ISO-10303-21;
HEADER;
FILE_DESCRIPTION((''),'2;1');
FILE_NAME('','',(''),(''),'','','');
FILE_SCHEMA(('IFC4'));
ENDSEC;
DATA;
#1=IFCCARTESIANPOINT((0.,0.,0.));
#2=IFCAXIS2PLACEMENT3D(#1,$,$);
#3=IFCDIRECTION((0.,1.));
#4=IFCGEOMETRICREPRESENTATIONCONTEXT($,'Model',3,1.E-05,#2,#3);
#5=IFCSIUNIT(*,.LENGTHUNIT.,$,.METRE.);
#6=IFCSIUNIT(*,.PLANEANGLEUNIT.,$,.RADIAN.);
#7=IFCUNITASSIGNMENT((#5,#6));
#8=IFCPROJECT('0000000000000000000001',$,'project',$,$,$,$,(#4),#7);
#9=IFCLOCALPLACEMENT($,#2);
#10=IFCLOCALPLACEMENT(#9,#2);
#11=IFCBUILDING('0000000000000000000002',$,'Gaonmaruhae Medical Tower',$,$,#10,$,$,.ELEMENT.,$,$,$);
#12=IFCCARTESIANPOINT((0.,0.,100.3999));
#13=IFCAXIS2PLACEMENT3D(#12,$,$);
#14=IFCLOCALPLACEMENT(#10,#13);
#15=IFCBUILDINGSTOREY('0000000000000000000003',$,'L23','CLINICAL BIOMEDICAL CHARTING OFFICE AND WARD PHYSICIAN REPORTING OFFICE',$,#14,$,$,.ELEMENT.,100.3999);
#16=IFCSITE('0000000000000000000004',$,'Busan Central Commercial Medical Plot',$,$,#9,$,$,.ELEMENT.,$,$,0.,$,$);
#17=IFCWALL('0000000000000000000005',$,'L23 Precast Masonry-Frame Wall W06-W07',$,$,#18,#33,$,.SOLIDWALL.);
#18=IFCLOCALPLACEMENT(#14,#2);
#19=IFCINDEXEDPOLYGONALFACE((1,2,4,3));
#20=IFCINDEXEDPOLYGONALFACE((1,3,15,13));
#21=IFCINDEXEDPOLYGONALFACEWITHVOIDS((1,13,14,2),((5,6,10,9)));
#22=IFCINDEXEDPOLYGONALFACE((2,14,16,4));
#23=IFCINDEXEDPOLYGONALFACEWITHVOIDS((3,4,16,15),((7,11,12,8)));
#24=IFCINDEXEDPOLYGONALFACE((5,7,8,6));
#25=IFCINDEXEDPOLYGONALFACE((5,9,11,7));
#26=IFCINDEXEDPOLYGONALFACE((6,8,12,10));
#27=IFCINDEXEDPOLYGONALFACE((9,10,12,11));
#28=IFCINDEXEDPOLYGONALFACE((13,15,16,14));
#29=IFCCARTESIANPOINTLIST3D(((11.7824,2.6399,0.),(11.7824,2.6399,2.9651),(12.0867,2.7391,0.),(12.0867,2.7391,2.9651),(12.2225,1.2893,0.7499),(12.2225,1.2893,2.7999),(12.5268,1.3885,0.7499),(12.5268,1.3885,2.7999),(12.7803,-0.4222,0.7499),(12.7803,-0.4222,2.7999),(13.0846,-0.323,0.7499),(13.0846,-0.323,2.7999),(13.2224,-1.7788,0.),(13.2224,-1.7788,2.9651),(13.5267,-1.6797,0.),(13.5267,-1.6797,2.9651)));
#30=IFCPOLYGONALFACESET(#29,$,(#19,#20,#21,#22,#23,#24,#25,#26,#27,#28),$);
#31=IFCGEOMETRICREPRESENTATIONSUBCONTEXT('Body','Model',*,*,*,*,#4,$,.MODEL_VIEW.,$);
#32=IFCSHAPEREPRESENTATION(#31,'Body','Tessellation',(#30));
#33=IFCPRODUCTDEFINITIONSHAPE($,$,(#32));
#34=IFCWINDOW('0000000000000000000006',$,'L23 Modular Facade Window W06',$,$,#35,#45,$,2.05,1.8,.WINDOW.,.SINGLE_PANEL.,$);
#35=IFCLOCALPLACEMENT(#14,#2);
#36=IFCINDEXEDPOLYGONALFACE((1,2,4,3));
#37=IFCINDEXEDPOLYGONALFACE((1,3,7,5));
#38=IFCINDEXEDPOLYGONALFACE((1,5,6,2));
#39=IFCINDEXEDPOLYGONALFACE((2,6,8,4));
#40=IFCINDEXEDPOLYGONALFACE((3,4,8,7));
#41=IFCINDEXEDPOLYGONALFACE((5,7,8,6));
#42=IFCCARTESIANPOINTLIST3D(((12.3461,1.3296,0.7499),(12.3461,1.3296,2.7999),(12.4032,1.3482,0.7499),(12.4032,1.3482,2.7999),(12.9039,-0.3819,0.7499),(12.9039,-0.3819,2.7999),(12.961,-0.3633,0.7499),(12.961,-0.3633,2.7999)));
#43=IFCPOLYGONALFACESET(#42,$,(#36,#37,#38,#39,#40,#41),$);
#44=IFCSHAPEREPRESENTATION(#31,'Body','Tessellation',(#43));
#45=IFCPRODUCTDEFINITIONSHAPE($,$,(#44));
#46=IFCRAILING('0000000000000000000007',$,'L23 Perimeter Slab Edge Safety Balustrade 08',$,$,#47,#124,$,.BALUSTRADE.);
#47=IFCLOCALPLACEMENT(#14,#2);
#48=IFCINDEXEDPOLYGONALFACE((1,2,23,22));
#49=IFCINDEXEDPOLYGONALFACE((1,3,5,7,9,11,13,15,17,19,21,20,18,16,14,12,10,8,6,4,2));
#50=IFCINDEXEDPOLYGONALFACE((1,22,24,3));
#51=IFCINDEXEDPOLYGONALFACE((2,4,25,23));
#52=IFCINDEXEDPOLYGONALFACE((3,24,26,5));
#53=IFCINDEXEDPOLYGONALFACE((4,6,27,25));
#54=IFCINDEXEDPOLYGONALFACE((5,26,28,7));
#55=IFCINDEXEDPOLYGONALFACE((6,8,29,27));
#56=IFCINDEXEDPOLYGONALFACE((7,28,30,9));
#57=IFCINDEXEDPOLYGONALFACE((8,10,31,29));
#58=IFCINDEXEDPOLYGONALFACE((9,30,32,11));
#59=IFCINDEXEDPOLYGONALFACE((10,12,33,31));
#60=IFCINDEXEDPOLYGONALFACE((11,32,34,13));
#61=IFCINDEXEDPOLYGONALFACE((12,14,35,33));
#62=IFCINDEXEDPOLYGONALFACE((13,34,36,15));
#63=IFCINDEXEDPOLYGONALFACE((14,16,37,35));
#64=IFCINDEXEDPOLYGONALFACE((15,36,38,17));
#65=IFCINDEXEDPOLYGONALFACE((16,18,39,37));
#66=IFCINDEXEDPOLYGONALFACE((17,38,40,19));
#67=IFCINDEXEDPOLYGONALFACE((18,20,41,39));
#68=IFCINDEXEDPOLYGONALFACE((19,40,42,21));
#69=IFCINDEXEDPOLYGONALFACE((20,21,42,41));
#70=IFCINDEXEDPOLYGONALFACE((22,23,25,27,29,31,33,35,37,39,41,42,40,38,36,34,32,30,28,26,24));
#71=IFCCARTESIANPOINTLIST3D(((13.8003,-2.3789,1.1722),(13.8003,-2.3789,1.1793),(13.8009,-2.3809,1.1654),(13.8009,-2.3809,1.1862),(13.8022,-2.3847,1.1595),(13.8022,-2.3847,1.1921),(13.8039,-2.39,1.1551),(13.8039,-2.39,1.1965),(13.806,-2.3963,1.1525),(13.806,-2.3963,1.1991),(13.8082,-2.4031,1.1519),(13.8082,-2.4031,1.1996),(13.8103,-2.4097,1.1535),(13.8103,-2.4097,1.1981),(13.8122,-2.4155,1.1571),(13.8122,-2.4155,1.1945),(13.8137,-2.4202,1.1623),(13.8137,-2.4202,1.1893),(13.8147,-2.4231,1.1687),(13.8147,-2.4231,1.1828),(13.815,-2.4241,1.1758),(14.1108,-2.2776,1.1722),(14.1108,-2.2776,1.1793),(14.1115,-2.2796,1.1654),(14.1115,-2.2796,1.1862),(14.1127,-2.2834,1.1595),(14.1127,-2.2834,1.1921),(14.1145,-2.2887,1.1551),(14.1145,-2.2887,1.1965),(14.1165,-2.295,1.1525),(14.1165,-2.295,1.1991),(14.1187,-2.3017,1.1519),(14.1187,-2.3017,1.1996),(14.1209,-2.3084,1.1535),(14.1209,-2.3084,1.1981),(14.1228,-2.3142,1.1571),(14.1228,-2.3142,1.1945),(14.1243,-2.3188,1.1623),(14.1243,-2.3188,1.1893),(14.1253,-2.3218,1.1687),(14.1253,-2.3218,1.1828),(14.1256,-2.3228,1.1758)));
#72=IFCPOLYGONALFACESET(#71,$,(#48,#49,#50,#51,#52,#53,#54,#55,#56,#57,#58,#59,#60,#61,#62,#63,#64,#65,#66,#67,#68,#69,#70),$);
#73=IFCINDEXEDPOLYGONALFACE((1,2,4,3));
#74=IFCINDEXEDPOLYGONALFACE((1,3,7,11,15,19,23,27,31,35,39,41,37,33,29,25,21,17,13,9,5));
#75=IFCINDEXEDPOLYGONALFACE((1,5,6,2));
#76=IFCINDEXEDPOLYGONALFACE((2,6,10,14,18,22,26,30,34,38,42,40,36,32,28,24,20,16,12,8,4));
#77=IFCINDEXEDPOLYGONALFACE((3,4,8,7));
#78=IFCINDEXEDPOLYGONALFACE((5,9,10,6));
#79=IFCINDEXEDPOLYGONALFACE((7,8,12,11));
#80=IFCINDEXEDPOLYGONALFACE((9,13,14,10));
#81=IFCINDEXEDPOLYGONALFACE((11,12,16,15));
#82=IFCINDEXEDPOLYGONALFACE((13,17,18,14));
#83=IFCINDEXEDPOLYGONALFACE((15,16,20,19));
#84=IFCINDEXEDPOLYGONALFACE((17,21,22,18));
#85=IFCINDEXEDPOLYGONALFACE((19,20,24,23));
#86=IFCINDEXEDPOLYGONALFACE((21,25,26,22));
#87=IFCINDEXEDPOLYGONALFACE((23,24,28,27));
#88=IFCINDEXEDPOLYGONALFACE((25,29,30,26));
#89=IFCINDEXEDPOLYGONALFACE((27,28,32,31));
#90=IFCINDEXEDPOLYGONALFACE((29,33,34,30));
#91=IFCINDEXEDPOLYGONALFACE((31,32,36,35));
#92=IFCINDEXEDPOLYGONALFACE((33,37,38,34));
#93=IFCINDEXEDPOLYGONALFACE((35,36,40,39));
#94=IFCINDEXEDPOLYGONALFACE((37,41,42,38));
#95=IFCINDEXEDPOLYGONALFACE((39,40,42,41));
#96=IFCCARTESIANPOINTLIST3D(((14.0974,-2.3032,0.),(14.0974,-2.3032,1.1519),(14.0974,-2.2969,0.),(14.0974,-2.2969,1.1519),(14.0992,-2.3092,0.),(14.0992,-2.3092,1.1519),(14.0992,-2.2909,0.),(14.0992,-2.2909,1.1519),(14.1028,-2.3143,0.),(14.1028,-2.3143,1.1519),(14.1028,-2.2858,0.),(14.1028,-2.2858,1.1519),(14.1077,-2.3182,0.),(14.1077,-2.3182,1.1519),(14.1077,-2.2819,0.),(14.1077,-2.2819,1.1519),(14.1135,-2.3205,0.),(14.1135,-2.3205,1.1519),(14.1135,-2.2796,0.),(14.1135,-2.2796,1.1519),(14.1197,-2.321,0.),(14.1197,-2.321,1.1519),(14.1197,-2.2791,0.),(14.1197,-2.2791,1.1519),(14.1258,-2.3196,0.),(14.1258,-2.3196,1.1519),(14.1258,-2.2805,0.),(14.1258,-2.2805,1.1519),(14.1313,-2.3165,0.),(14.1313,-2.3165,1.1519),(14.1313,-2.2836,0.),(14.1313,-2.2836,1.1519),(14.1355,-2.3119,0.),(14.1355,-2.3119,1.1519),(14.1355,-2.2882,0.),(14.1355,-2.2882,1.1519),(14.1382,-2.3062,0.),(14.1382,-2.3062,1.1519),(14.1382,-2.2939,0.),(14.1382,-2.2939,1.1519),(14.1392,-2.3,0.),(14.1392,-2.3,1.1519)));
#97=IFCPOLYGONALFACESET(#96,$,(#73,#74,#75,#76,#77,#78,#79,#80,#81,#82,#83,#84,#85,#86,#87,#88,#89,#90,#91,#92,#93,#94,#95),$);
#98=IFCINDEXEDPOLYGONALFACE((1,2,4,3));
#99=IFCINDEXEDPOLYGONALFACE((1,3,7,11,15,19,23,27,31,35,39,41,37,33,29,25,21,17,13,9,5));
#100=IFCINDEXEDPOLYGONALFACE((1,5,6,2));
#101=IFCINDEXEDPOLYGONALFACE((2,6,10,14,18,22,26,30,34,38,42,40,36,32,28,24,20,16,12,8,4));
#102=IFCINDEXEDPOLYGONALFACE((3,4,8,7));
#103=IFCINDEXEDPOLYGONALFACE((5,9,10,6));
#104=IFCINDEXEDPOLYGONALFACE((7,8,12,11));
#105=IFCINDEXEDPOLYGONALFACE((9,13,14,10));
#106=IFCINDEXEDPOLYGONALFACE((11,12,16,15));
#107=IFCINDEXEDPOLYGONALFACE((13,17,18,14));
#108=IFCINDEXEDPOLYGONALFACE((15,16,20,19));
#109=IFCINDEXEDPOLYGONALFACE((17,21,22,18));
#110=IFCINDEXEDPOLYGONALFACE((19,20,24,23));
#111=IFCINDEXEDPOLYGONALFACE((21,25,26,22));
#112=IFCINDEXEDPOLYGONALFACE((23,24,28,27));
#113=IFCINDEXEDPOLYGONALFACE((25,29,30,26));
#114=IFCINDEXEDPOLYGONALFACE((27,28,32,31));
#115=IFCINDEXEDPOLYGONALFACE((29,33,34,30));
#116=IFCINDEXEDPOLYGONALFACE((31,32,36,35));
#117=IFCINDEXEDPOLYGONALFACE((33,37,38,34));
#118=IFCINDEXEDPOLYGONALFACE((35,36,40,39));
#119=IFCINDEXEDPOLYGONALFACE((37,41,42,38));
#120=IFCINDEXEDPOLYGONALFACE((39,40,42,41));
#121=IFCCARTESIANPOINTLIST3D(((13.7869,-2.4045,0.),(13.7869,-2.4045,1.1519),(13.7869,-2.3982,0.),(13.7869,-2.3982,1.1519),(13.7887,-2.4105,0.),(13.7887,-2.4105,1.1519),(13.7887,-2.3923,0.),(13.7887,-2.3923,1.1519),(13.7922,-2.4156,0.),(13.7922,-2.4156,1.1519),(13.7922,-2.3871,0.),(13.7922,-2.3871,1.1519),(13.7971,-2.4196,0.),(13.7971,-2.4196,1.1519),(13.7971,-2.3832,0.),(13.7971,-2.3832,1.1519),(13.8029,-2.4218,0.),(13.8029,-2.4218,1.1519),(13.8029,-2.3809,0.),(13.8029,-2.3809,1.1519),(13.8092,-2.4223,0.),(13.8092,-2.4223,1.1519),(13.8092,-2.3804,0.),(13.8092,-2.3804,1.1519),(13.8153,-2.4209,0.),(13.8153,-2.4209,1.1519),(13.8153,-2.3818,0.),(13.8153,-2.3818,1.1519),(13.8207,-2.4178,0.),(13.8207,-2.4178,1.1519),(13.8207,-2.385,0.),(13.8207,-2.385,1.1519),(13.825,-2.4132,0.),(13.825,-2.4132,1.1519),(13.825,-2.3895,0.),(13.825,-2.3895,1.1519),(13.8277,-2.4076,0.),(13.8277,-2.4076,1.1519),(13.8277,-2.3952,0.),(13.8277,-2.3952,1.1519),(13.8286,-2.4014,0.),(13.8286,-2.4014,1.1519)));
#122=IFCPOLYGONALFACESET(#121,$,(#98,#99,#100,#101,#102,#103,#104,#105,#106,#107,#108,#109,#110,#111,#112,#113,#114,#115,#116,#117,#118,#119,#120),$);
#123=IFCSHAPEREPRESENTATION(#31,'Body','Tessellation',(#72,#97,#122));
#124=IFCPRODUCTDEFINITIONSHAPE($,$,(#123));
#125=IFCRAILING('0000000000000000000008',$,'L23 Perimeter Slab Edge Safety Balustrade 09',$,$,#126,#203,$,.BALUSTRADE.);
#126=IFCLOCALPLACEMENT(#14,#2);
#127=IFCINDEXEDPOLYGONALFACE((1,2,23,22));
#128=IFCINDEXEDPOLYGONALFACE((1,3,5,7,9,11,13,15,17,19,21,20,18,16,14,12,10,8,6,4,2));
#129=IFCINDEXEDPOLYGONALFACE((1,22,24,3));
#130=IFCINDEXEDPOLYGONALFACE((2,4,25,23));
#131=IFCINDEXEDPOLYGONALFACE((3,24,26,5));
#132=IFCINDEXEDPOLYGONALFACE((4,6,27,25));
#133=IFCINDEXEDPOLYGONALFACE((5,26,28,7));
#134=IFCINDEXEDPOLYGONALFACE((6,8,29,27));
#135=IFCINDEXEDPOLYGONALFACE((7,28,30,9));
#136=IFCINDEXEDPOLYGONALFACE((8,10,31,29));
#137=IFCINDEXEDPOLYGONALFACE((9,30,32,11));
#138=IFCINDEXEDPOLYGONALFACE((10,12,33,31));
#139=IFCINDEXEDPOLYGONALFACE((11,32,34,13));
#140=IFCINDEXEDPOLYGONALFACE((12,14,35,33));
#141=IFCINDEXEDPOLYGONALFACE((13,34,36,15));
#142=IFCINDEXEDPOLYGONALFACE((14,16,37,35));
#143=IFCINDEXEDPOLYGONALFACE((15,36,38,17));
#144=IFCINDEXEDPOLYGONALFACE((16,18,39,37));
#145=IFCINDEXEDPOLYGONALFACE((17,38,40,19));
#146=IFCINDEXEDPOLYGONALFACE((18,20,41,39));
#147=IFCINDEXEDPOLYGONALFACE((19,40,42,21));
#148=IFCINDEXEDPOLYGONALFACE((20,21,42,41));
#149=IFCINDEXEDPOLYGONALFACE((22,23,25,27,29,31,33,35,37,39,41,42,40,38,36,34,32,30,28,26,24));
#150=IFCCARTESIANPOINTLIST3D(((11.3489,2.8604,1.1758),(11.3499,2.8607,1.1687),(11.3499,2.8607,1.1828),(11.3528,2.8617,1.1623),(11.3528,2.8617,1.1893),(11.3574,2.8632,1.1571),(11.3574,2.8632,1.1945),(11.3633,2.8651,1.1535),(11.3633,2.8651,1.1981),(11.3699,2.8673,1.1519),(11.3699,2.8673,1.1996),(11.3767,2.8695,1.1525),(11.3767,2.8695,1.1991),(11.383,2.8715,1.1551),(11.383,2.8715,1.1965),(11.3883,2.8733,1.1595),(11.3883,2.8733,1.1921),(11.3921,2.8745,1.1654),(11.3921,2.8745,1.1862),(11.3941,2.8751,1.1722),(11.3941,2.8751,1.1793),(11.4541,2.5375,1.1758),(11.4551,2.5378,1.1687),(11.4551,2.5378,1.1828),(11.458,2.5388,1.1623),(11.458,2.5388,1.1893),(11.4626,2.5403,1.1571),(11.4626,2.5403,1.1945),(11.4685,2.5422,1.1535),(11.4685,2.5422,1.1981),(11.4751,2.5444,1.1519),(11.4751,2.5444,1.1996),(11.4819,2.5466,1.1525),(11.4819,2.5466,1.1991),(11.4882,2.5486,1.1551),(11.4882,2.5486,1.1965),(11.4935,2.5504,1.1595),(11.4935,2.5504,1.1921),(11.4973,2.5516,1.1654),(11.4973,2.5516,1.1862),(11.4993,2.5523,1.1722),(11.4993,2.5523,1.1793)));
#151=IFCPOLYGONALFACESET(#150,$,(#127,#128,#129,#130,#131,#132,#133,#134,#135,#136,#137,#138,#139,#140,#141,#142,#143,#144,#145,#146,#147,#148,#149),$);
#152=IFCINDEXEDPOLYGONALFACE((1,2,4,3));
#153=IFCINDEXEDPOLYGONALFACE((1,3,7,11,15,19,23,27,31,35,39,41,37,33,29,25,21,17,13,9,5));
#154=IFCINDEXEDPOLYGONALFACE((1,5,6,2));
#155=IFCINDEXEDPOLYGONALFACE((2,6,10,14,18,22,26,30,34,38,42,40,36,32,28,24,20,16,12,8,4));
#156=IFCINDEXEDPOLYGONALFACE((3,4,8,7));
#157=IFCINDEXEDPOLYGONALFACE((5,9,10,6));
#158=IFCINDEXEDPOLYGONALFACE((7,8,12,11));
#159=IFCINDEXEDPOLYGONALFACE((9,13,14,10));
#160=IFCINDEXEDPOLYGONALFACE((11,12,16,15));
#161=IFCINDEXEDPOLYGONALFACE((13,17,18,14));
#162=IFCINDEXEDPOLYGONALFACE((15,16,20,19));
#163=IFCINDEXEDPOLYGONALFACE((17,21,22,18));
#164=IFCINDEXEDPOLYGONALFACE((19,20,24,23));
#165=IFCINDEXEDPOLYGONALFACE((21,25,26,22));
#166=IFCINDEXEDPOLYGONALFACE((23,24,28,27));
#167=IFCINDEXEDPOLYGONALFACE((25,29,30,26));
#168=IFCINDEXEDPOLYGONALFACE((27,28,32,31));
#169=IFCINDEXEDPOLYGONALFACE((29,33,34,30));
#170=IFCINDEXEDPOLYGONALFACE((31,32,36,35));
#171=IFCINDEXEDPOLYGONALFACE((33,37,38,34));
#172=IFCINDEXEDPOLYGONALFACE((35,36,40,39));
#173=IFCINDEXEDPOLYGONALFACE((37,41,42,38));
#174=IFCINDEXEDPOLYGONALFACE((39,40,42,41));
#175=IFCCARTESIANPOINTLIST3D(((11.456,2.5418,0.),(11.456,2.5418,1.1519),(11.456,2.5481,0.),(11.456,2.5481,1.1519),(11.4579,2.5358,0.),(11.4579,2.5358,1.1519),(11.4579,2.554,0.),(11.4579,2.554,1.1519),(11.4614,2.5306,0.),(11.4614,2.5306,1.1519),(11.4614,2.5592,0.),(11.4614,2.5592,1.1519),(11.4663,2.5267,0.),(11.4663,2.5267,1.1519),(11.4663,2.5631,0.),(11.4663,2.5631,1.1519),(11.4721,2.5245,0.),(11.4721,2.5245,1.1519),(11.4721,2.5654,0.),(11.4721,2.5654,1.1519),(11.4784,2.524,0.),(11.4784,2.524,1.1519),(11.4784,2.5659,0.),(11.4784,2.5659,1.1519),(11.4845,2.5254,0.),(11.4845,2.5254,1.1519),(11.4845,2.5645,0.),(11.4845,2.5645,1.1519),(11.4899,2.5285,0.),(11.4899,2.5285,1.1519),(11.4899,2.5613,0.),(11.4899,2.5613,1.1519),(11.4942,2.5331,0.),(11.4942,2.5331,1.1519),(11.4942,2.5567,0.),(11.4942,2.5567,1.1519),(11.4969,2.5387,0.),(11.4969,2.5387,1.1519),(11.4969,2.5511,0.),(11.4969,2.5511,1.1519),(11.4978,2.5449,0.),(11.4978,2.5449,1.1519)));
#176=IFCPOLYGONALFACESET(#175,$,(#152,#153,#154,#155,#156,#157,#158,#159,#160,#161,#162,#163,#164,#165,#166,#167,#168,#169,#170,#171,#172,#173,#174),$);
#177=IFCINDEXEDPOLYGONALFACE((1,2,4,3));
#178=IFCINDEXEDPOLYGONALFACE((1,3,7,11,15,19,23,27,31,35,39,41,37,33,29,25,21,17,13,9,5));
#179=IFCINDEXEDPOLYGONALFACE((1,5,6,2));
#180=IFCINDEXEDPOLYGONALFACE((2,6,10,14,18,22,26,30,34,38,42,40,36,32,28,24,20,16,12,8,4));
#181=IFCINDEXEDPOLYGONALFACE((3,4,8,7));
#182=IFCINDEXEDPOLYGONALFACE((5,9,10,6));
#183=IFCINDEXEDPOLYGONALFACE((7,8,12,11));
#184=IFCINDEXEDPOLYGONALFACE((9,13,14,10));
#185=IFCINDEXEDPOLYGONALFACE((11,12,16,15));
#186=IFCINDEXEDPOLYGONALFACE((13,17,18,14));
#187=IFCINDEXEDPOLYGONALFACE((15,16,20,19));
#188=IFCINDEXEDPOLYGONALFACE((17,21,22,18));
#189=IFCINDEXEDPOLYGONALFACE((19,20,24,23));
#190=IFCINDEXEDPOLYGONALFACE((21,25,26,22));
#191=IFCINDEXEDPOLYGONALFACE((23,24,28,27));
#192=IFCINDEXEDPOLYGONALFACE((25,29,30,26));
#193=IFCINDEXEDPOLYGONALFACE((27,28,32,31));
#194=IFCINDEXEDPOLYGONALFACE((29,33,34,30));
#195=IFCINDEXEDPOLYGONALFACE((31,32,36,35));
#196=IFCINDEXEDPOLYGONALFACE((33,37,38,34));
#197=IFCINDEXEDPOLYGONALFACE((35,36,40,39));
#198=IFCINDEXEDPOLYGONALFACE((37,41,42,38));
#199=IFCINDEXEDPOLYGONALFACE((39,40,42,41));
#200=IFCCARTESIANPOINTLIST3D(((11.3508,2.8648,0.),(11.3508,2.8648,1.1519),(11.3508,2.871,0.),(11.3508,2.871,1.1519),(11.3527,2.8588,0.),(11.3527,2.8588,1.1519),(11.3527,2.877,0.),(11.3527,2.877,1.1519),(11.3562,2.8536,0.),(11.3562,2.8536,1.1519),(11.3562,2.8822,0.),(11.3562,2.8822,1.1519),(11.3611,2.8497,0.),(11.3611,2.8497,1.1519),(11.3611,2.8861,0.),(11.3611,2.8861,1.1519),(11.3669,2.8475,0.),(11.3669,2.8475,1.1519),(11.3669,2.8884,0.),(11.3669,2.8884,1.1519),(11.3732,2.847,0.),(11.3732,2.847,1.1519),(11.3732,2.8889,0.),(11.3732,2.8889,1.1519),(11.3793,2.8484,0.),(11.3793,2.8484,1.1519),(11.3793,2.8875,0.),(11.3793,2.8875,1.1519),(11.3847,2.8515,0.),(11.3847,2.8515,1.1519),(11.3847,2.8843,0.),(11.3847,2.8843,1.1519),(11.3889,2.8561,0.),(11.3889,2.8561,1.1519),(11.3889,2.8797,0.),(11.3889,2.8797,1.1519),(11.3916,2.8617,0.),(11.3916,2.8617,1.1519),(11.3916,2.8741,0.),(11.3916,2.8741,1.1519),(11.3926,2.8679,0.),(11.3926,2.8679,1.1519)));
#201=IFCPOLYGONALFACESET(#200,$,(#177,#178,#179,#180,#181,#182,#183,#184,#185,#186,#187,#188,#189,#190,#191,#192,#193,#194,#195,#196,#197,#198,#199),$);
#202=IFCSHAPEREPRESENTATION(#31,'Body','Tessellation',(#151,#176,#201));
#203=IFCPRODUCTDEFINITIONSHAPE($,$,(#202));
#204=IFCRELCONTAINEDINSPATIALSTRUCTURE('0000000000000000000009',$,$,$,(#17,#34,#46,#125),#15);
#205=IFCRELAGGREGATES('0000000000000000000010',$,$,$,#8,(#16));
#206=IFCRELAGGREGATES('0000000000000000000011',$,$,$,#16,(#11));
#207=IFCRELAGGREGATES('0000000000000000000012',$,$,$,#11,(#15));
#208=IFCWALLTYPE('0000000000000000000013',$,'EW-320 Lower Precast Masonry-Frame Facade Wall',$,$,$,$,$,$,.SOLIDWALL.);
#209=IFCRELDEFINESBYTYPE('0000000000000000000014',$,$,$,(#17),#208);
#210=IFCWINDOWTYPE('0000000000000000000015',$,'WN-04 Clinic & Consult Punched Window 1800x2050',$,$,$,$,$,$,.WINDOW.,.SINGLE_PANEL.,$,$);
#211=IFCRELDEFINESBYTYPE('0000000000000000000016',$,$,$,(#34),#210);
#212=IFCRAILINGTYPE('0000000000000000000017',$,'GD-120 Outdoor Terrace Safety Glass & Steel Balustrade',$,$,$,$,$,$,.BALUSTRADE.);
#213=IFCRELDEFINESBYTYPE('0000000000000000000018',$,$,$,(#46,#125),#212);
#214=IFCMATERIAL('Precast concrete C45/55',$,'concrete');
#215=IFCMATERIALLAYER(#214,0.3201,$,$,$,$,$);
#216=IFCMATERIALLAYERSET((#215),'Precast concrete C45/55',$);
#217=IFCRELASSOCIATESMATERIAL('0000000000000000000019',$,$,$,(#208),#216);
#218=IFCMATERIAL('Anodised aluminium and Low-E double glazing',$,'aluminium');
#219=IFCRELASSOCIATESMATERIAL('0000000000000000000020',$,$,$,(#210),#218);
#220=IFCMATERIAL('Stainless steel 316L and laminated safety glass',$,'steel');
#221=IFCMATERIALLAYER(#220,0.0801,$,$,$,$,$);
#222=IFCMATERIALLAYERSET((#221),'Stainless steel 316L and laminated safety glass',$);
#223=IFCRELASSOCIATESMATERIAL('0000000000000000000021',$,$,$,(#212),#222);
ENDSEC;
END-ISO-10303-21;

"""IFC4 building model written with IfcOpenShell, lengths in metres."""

from ifc_helpers import new_model, si_unit, direction, frame, frame_2d, origin, origin_2d, place, context, subcontext, project, spatial, rectangle, circle, extrude, material, layer, layer_set, type_object, element, fill, save


model = new_model("IFC4")

# Units and contexts
model_context = context("Model", 3, precision=1e-05, world=origin(), true_north=direction((0.0, 1.0)))
body_context = subcontext(model_context, "Body", "Model", "MODEL_VIEW")
ifc_project = project(units=[si_unit("LENGTHUNIT", "METRE"), si_unit("PLANEANGLEUNIT", "RADIAN")], contexts=[model_context])

# Site, building, storey
site_placement = place(None, origin())
site = spatial("IfcSite", under=ifc_project, at=site_placement, Name="Busan Central Commercial Medical Plot", CompositionType="ELEMENT", RefElevation=0.0)
building_placement = place(site_placement, origin())
building = spatial("IfcBuilding", under=site, at=building_placement, Name="Gaonmaruhae Medical Tower", CompositionType="ELEMENT")
storey_placement = place(building_placement, frame((0.0, 0.0, 100.3999)))
storey = spatial("IfcBuildingStorey", under=building, at=storey_placement, Name="L23", Description="CLINICAL BIOMEDICAL CHARTING OFFICE AND WARD PHYSICIAN REPORTING OFFICE", CompositionType="ELEMENT", Elevation=100.3999)

# Wall, opening, window
ifc_material_1 = material(Name="Precast concrete C45/55", Category="concrete")
ifc_layer_1 = layer(ifc_material_1, 0.3201)
ifc_layer_set_1 = layer_set([ifc_layer_1], Name="Precast concrete C45/55")
wall_type_1 = type_object("IfcWallType", Name="EW-320 Lower Precast Masonry-Frame Facade Wall", PredefinedType="SOLIDWALL", material=ifc_layer_set_1)
ifc_material_2 = material(Name="Anodised aluminium and Low-E double glazing", Category="aluminium")
wall_1_placement = place(storey_placement, frame((13.3745, -1.7292, 0.0), z_axis=(0.0, 0.0, 1.0), x_axis=(-0.309838, 0.950789, 0.0)))
wall_1 = element("IfcWall", 1, at=wall_1_placement, inside=storey, type_object=wall_type_1, Name="L23 Precast Masonry-Frame Wall W06-W07", PredefinedType="SOLIDWALL", context=body_context, shape_type="SweptSolid", body=[
    extrude(rectangle(XDim=4.6475, YDim=0.3201, at=frame_2d((2.3237, 0.0))), origin(), (0.0, 0.0, 1.0), 2.9651),
])
opening_1_placement = place(wall_1_placement, frame((1.427, 0.0, 0.75)))
opening_1 = element("IfcOpeningElement", 2, at=opening_1_placement, cuts=wall_1, PredefinedType="OPENING", context=body_context, shape_type="SweptSolid", body=[
    extrude(rectangle(XDim=1.8, YDim=2.05, at=frame_2d((0.8999, 1.0249))), frame((0.0, 0.1699, 0.0), z_axis=(0.0, -1.0, 0.0), x_axis=(1.0, 0.0, 0.0)), (0.0, 0.0, 1.0), 0.3401),
])
window_type_1 = type_object("IfcWindowType", Name="WN-04 Clinic & Consult Punched Window 1800x2050", PartitioningType="SINGLE_PANEL", PredefinedType="WINDOW", material=ifc_material_2)
window_1_placement = place(opening_1_placement, origin())
window_1 = element("IfcWindow", 3, at=window_1_placement, inside=storey, type_object=window_type_1, Name="L23 Modular Facade Window W06", OverallHeight=2.05, OverallWidth=1.8, PartitioningType="SINGLE_PANEL", PredefinedType="WINDOW", context=body_context, shape_type="SweptSolid", body=[
    extrude(rectangle(XDim=1.8, YDim=2.05, at=frame_2d((0.8999, 1.0249))), frame((0.0, 0.03, 0.0), z_axis=(0.0, -1.0, 0.0), x_axis=(1.0, 0.0, 0.0)), (0.0, 0.0, 1.0), 0.0601),
])
fill(opening_1, window_1)

# Railings
ifc_material_3 = material(Name="Stainless steel 316L and laminated safety glass", Category="steel")
ifc_layer_2 = layer(ifc_material_3, 0.0801)
ifc_layer_set_2 = layer_set([ifc_layer_2], Name="Stainless steel 316L and laminated safety glass")
railing_type = type_object("IfcRailingType", Name="GD-120 Outdoor Terrace Safety Glass & Steel Balustrade", PredefinedType="BALUSTRADE", material=ifc_layer_set_2)
railing_1_placement = place(storey_placement, frame((14.1182, -2.3, 0.0)))
element("IfcRailing", 4, at=railing_1_placement, inside=storey, type_object=railing_type, Name="L23 Perimeter Slab Edge Safety Balustrade 08", PredefinedType="BALUSTRADE", context=body_context, shape_type="SweptSolid", body=[
    extrude(circle(Radius=0.0239, at=origin_2d()), frame((0.0, 0.0, 1.1758), z_axis=(-0.950682, -0.310167, 0.0), x_axis=(0.310167, -0.950682, 0.0)), (0.0, 0.0, 1.0), 0.3267),
    extrude(circle(Radius=0.021, at=origin_2d()), origin(), (0.0, 0.0, 1.0), 1.1519),
    extrude(circle(Radius=0.021, at=origin_2d()), frame((-0.3105, -0.1013, 0.0)), (0.0, 0.0, 1.0), 1.1519),
])
railing_2_placement = place(storey_placement, frame((11.4768, 2.5449, 0.0)))
element("IfcRailing", 5, at=railing_2_placement, inside=storey, type_object=railing_type, Name="L23 Perimeter Slab Edge Safety Balustrade 09", PredefinedType="BALUSTRADE", context=body_context, shape_type="SweptSolid", body=[
    extrude(circle(Radius=0.0239, at=origin_2d()), frame((0.0, 0.0, 1.1758), z_axis=(-0.309752, 0.950817, 0.0), x_axis=(-0.950817, -0.309752, 0.0)), (0.0, 0.0, 1.0), 0.3396),
    extrude(circle(Radius=0.021, at=origin_2d()), origin(), (0.0, 0.0, 1.0), 1.1519),
    extrude(circle(Radius=0.021, at=origin_2d()), frame((-0.1052, 0.323, 0.0)), (0.0, 0.0, 1.0), 1.1519),
])

save(model, "model.ifc")
